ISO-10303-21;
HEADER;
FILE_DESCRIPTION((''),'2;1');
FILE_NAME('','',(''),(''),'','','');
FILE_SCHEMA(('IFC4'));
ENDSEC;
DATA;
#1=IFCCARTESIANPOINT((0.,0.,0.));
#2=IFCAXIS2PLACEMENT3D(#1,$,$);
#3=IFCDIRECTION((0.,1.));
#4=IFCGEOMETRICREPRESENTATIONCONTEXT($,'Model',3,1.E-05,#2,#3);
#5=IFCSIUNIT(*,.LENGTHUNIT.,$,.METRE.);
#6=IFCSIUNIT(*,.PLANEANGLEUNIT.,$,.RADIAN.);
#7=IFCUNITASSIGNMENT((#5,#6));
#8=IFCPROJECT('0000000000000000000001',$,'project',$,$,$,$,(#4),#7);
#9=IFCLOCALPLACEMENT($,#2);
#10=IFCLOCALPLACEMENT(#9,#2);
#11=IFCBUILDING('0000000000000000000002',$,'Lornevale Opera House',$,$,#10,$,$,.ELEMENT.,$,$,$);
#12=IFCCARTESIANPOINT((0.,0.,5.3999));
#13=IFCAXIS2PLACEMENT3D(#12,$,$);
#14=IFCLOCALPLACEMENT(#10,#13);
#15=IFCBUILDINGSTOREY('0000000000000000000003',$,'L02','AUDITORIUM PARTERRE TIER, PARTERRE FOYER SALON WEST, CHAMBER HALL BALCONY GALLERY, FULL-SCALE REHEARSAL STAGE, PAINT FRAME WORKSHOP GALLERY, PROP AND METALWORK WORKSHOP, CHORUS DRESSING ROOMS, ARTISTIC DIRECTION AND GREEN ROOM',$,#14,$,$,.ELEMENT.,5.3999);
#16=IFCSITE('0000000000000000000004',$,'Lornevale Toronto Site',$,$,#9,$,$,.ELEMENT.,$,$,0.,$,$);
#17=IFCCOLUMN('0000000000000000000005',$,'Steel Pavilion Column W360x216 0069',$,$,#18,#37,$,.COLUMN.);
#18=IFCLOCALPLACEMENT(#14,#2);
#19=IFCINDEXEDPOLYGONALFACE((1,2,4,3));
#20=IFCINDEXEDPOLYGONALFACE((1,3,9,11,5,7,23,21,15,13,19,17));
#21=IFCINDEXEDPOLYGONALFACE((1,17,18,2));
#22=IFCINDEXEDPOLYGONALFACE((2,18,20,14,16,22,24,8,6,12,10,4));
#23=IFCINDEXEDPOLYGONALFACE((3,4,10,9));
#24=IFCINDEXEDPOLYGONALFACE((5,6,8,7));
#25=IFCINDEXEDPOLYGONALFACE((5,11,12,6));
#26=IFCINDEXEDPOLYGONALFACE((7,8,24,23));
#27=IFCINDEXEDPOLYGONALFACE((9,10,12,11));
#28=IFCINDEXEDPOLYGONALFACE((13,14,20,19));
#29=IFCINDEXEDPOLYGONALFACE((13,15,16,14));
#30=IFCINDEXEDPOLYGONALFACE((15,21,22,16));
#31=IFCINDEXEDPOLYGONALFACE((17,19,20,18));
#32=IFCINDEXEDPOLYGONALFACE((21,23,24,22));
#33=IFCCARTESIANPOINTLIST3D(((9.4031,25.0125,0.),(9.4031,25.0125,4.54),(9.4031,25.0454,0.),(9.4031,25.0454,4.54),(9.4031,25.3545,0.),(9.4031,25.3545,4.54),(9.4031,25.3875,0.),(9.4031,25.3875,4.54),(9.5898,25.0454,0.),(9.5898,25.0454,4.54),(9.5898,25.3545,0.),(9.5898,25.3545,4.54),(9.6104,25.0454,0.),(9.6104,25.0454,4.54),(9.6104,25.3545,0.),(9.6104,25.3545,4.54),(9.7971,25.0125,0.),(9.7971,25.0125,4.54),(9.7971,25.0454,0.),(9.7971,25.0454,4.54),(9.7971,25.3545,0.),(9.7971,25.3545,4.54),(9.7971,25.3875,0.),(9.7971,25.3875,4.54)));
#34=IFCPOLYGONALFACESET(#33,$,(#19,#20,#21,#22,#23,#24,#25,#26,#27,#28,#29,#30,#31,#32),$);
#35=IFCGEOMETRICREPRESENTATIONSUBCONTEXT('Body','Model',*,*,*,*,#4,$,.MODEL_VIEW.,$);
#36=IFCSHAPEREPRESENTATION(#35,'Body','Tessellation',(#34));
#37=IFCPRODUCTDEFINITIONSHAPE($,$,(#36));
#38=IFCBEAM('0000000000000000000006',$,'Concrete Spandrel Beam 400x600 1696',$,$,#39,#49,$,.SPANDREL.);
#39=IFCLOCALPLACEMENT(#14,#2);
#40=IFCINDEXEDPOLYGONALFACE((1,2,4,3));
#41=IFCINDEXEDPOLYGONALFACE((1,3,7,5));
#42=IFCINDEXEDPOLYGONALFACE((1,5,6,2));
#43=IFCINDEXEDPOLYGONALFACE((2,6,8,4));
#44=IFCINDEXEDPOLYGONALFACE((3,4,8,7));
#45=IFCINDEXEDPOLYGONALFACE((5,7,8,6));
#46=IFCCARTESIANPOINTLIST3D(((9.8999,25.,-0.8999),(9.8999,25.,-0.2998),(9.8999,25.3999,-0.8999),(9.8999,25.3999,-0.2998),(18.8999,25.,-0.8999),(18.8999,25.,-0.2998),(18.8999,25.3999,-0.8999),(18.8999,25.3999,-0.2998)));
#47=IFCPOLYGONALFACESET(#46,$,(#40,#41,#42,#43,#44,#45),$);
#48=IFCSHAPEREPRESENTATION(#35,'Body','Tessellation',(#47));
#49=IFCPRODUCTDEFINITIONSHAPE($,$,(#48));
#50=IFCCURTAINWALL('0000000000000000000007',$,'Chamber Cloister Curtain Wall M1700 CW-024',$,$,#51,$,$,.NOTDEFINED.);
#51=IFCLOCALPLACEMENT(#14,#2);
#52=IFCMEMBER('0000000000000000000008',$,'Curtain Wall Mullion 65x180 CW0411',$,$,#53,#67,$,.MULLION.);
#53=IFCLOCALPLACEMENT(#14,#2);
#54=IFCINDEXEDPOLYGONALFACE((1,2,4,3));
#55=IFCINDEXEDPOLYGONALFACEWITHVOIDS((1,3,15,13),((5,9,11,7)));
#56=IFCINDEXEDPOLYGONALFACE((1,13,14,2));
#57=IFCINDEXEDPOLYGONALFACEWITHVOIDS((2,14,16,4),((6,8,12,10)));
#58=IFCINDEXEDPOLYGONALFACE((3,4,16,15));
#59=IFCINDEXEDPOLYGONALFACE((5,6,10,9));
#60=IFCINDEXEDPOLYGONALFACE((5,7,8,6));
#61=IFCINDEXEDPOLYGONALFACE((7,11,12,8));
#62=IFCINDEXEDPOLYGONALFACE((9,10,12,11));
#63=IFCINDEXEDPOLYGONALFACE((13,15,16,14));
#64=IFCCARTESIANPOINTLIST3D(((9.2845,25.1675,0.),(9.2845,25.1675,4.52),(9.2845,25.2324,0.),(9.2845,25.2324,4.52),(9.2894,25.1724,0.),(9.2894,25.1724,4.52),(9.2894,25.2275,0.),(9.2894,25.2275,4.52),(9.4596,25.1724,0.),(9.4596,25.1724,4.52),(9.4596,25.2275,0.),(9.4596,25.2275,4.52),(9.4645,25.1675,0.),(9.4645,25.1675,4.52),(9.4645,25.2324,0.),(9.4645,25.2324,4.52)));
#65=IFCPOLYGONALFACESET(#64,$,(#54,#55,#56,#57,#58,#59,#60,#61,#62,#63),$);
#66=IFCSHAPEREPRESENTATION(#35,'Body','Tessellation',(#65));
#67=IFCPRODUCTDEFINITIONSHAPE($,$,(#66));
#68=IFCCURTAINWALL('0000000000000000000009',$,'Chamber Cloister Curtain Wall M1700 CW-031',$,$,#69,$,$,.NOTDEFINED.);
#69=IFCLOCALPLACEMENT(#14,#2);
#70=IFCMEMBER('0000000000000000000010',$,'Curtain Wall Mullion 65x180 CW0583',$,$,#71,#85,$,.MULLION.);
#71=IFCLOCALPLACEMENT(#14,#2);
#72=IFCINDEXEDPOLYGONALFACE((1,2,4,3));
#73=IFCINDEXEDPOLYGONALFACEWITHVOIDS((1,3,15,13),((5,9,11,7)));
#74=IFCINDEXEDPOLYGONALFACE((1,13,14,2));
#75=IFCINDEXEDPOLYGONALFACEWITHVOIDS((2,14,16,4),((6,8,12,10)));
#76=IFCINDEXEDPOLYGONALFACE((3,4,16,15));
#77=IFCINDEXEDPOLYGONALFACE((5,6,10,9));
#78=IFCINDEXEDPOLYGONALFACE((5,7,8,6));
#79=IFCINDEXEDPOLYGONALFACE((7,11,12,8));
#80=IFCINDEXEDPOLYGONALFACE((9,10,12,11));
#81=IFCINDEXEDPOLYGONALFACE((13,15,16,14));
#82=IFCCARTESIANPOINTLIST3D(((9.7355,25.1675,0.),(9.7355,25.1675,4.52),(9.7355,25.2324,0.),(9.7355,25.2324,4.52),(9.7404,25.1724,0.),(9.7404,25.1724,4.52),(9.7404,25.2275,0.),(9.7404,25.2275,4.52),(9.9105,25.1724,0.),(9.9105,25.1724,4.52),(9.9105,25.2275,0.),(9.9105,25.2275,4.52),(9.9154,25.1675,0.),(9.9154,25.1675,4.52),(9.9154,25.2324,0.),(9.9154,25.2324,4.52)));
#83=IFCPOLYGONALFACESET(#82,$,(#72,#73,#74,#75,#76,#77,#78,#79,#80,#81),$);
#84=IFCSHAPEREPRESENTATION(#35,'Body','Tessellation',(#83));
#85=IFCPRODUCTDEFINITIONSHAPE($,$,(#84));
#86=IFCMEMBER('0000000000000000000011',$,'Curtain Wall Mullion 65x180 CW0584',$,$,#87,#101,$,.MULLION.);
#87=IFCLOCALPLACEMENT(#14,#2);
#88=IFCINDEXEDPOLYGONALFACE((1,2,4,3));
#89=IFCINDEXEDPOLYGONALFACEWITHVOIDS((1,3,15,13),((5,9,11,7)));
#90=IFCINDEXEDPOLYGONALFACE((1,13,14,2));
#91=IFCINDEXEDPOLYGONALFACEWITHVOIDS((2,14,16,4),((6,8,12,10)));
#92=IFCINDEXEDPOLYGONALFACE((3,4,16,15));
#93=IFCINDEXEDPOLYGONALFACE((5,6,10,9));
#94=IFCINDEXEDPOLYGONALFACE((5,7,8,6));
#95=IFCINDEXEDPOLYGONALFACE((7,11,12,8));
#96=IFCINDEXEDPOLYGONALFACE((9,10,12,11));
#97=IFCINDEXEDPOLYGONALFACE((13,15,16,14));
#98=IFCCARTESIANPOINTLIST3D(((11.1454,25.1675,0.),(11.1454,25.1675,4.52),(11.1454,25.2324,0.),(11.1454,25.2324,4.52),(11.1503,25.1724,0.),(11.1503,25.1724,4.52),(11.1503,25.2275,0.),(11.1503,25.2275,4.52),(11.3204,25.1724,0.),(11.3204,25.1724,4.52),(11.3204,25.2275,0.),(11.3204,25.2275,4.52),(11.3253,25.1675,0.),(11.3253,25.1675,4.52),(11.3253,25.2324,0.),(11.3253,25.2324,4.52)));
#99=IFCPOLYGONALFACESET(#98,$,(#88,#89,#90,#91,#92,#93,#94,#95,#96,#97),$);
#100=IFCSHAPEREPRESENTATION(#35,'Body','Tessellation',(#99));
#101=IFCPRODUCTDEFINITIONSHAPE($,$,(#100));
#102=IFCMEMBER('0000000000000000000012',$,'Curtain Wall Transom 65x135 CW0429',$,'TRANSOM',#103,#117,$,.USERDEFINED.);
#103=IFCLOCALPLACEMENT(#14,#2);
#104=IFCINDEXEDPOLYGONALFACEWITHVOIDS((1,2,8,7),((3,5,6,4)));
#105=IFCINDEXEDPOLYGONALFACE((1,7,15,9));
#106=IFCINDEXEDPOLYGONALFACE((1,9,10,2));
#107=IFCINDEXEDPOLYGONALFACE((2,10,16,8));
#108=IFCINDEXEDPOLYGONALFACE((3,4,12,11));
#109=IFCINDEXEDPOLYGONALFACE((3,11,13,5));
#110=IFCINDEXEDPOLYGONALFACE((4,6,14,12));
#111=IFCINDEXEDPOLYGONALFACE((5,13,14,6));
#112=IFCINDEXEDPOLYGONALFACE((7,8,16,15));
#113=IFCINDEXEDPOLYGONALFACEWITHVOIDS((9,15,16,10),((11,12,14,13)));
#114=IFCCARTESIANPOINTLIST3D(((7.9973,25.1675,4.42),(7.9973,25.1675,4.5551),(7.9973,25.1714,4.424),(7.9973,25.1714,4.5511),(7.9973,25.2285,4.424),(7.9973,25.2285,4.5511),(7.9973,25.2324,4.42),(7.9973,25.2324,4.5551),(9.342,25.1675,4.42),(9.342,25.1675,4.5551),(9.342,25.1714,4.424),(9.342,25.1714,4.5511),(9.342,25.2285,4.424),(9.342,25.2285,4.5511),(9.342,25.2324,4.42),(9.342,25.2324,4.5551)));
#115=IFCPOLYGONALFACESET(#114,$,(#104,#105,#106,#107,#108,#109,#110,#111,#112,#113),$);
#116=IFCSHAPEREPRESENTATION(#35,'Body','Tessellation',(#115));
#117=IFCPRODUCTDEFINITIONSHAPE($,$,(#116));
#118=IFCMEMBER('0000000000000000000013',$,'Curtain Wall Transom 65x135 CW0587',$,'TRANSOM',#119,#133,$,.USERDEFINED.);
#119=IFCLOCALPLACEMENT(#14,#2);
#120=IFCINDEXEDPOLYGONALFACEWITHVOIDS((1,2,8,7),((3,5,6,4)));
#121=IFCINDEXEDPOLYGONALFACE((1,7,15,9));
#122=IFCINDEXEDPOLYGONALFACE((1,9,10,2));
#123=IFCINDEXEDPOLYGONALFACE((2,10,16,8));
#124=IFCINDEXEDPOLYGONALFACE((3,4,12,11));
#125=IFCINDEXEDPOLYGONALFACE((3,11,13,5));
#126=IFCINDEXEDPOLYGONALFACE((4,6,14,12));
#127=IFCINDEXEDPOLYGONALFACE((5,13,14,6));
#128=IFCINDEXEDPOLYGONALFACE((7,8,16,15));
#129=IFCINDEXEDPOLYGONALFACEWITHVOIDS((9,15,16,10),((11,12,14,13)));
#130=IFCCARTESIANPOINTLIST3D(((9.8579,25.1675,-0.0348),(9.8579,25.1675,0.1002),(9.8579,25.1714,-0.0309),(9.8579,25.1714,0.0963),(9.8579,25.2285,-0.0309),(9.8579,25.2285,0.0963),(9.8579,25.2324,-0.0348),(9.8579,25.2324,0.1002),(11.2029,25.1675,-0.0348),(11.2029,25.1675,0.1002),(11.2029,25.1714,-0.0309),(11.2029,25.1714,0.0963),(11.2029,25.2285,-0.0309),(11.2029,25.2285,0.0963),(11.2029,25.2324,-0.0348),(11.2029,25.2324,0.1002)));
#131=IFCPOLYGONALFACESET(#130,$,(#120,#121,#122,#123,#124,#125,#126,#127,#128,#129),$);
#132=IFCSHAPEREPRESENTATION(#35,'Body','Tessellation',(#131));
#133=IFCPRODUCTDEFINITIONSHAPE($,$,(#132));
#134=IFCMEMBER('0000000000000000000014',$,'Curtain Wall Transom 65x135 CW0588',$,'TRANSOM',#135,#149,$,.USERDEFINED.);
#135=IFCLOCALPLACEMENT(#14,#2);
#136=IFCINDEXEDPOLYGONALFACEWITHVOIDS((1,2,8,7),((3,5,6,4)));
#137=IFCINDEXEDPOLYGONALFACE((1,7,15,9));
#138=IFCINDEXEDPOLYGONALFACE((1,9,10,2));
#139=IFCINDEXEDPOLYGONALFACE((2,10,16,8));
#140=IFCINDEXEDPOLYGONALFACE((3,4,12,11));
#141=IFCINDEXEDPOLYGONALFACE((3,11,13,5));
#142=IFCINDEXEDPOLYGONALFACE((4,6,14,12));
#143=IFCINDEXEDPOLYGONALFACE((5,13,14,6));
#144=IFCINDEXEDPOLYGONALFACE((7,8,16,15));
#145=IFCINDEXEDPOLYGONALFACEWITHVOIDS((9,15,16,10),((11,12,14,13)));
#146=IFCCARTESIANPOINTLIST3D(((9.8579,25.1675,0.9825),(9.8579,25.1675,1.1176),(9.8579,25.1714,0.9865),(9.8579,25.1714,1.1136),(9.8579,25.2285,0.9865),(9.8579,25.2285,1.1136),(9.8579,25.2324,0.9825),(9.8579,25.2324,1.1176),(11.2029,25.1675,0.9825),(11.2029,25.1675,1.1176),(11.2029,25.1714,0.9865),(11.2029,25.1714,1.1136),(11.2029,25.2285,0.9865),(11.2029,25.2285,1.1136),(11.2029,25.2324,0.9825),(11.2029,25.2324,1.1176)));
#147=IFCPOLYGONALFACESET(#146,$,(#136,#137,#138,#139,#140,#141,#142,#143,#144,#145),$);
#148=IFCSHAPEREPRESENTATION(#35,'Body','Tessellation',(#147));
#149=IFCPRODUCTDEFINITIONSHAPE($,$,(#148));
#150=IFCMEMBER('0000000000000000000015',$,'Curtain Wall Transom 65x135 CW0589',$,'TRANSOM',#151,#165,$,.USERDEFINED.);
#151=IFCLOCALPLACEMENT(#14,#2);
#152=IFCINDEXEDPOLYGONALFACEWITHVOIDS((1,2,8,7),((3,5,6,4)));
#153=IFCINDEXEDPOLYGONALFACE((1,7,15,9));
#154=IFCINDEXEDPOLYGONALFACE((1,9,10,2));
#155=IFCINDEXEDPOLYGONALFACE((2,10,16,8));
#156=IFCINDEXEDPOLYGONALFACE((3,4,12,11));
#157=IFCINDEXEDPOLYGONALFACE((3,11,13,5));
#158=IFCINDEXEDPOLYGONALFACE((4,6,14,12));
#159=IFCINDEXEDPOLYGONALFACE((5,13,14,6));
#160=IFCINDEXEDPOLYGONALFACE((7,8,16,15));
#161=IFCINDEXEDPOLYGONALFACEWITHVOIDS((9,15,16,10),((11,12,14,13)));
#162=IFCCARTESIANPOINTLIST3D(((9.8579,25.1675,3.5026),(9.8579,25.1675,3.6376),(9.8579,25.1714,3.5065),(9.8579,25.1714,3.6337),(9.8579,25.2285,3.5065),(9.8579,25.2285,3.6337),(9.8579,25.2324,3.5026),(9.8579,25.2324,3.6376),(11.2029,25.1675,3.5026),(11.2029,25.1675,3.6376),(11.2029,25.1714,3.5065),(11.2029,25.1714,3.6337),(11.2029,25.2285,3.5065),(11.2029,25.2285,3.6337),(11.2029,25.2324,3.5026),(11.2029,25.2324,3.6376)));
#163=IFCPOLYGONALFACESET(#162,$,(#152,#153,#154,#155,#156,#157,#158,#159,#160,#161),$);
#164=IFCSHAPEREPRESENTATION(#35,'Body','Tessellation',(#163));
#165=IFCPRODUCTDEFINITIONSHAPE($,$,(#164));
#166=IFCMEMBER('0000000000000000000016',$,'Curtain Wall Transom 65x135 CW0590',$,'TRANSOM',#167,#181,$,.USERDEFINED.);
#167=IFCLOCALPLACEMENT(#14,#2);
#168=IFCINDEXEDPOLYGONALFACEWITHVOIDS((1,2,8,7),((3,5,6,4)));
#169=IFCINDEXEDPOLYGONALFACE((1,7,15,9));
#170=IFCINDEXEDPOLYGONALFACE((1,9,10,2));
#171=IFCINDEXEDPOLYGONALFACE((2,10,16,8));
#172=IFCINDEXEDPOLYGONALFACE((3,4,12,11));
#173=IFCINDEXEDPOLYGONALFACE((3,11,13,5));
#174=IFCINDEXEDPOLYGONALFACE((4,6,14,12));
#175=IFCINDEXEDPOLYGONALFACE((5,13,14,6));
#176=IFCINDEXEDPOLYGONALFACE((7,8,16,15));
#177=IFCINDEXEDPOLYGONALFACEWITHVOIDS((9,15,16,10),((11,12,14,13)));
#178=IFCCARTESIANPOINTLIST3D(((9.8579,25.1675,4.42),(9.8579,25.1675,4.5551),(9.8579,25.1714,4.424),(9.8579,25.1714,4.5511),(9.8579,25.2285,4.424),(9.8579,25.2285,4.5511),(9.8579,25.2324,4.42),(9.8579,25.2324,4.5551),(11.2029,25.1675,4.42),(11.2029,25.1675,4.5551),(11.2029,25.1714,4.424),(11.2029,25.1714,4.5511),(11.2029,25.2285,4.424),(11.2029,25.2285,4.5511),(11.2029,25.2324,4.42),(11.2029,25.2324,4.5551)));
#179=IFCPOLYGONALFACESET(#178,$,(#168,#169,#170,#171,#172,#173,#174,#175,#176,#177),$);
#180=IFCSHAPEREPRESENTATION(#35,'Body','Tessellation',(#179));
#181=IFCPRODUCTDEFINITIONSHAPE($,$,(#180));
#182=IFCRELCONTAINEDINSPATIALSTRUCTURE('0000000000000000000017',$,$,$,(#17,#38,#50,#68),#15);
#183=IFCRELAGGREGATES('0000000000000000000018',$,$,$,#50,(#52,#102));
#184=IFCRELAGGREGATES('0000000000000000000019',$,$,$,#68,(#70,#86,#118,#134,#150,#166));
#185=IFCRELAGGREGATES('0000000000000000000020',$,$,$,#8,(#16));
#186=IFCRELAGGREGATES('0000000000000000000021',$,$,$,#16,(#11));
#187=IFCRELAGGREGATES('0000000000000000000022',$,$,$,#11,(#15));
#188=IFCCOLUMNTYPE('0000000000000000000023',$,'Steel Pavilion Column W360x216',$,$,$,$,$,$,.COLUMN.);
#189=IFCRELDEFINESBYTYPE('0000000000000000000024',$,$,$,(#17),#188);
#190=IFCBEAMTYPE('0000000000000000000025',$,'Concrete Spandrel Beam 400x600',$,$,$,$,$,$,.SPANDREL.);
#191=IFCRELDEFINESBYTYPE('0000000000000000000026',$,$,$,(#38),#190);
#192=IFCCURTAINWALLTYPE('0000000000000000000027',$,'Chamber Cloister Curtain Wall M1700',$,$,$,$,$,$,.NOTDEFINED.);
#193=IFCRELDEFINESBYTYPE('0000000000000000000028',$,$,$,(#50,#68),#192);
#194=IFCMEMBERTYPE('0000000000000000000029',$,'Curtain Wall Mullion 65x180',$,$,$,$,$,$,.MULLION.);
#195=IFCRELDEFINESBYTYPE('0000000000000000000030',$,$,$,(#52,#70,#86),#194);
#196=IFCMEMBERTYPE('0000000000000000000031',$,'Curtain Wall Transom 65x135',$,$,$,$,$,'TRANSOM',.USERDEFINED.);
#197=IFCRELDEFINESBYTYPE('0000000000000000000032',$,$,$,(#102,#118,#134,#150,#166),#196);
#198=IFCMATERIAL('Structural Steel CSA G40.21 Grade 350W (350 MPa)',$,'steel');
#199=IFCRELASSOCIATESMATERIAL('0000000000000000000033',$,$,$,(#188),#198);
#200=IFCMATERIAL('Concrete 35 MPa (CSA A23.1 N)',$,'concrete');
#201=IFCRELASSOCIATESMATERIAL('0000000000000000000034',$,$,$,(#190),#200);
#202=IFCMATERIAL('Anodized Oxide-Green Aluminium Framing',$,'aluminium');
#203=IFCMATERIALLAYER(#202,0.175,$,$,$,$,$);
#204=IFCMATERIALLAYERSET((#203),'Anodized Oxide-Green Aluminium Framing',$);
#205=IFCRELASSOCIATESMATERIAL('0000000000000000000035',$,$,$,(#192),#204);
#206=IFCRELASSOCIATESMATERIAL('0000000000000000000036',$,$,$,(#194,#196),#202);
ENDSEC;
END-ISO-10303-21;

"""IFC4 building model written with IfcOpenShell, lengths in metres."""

from ifc_helpers import new_model, si_unit, direction, frame, origin, origin_2d, place, context, subcontext, project, spatial, rectangle, hollow_rectangle, i_section, extrude, material, layer, layer_set, material_profile, profile_set, type_object, element, aggregate, save


model = new_model("IFC4")

# Units and contexts
model_context = context("Model", 3, precision=1e-05, world=origin(), true_north=direction((0.0, 1.0)))
body_context = subcontext(model_context, "Body", "Model", "MODEL_VIEW")
ifc_project = project(units=[si_unit("LENGTHUNIT", "METRE"), si_unit("PLANEANGLEUNIT", "RADIAN")], contexts=[model_context])

# Site, building, storey
site_placement = place(None, origin())
site = spatial("IfcSite", under=ifc_project, at=site_placement, Name="Lornevale Toronto Site", CompositionType="ELEMENT", RefElevation=0.0)
building_placement = place(site_placement, origin())
building = spatial("IfcBuilding", under=site, at=building_placement, Name="Lornevale Opera House", CompositionType="ELEMENT")
storey_placement = place(building_placement, frame((0.0, 0.0, 5.3999)))
storey = spatial("IfcBuildingStorey", under=building, at=storey_placement, Name="L02", Description="AUDITORIUM PARTERRE TIER, PARTERRE FOYER SALON WEST, CHAMBER HALL BALCONY GALLERY, FULL-SCALE REHEARSAL STAGE, PAINT FRAME WORKSHOP GALLERY, PROP AND METALWORK WORKSHOP, CHORUS DRESSING ROOMS, ARTISTIC DIRECTION AND GREEN ROOM", CompositionType="ELEMENT", Elevation=5.3999)

# Column
ifc_material_1 = material(Name="Structural Steel CSA G40.21 Grade 350W (350 MPa)", Category="steel")
ifc_material_profile_1 = material_profile(ifc_material_1, i_section(OverallWidth=0.394, OverallDepth=0.375, WebThickness=0.0205, FlangeThickness=0.033, at=origin_2d()), Name="W360x216")
ifc_profile_set_1 = profile_set([ifc_material_profile_1], Name="Structural Steel CSA G40.21 Grade 350W (350 MPa)")
column_type = type_object("IfcColumnType", Name="Steel Pavilion Column W360x216", PredefinedType="COLUMN", material=ifc_profile_set_1)
column_placement = place(storey_placement, frame((9.6001, 25.2, 0.0), z_axis=(0.0, 0.0, 1.0), x_axis=(1.0, 0.0, 0.0)))
element("IfcColumn", 1, at=column_placement, inside=storey, type_object=column_type, Name="Steel Pavilion Column W360x216 0069", PredefinedType="COLUMN", context=body_context, shape_type="SweptSolid", body=[
    extrude(i_section(OverallWidth=0.394, OverallDepth=0.375, WebThickness=0.0205, FlangeThickness=0.033, at=origin_2d()), origin(), (0.0, 0.0, 1.0), 4.54),
])

# Beam
ifc_material_2 = material(Name="Concrete 35 MPa (CSA A23.1 N)", Category="concrete")
ifc_material_profile_2 = material_profile(ifc_material_2, rectangle(XDim=0.3999, YDim=0.6001, at=origin_2d()), Name="RC400x600")
ifc_profile_set_2 = profile_set([ifc_material_profile_2], Name="Concrete 35 MPa (CSA A23.1 N)")
beam_type = type_object("IfcBeamType", Name="Concrete Spandrel Beam 400x600", PredefinedType="SPANDREL", material=ifc_profile_set_2)
beam_placement = place(storey_placement, frame((9.8999, 25.2, -0.5999), z_axis=(1.0, 0.0, 0.0), x_axis=(0.0, 1.0, 0.0)))
element("IfcBeam", 2, at=beam_placement, inside=storey, type_object=beam_type, Name="Concrete Spandrel Beam 400x600 1696", PredefinedType="SPANDREL", context=body_context, shape_type="SweptSolid", body=[
    extrude(rectangle(XDim=0.3999, YDim=0.6001, at=origin_2d()), origin(), (0.0, 0.0, 1.0), 9.0),
])

# Curtain wall, member
ifc_material_3 = material(Name="Anodized Oxide-Green Aluminium Framing", Category="aluminium")
ifc_layer_1 = layer(ifc_material_3, 0.175)
ifc_layer_set_1 = layer_set([ifc_layer_1], Name="Anodized Oxide-Green Aluminium Framing")
curtain_wall_type = type_object("IfcCurtainWallType", Name="Chamber Cloister Curtain Wall M1700", PredefinedType="NOTDEFINED", material=ifc_layer_set_1)
curtain_wall_1_placement = place(storey_placement, origin())
curtain_wall_1 = element("IfcCurtainWall", 3, at=curtain_wall_1_placement, inside=storey, type_object=curtain_wall_type, Name="Chamber Cloister Curtain Wall M1700 CW-024", PredefinedType="NOTDEFINED")
ifc_material_profile_3 = material_profile(ifc_material_3, hollow_rectangle(XDim=0.0649, YDim=0.1799, WallThickness=0.0049, at=origin_2d()), Name="ALU65x180x5")
ifc_profile_set_3 = profile_set([ifc_material_profile_3], Name="Anodized Oxide-Green Aluminium Framing")
member_type_1 = type_object("IfcMemberType", Name="Curtain Wall Mullion 65x180", PredefinedType="MULLION", material=ifc_profile_set_3)
member_1_placement = place(storey_placement, frame((9.3745, 25.2, 0.0), z_axis=(0.0, 0.0, 1.0), x_axis=(0.0, 1.0, 0.0)))
member_1 = element("IfcMember", 4, at=member_1_placement, type_object=member_type_1, Name="Curtain Wall Mullion 65x180 CW0411", PredefinedType="MULLION", context=body_context, shape_type="SweptSolid", body=[
    extrude(hollow_rectangle(XDim=0.0649, YDim=0.1799, WallThickness=0.0049, at=origin_2d()), origin(), (0.0, 0.0, 1.0), 4.52),
])

# Curtain wall, members
curtain_wall_2_placement = place(storey_placement, origin())
curtain_wall_2 = element("IfcCurtainWall", 5, at=curtain_wall_2_placement, inside=storey, type_object=curtain_wall_type, Name="Chamber Cloister Curtain Wall M1700 CW-031", PredefinedType="NOTDEFINED")
member_2_placement = place(storey_placement, frame((9.8254, 25.2, 0.0), z_axis=(0.0, 0.0, 1.0), x_axis=(0.0, 1.0, 0.0)))
member_2 = element("IfcMember", 6, at=member_2_placement, type_object=member_type_1, Name="Curtain Wall Mullion 65x180 CW0583", PredefinedType="MULLION", context=body_context, shape_type="SweptSolid", body=[
    extrude(hollow_rectangle(XDim=0.0649, YDim=0.1799, WallThickness=0.0049, at=origin_2d()), origin(), (0.0, 0.0, 1.0), 4.52),
])
member_3_placement = place(storey_placement, frame((11.2354, 25.2, 0.0), z_axis=(0.0, 0.0, 1.0), x_axis=(0.0, 1.0, 0.0)))
member_3 = element("IfcMember", 7, at=member_3_placement, type_object=member_type_1, Name="Curtain Wall Mullion 65x180 CW0584", PredefinedType="MULLION", context=body_context, shape_type="SweptSolid", body=[
    extrude(hollow_rectangle(XDim=0.0649, YDim=0.1799, WallThickness=0.0049, at=origin_2d()), origin(), (0.0, 0.0, 1.0), 4.52),
])

# Members
ifc_material_profile_4 = material_profile(ifc_material_3, hollow_rectangle(XDim=0.0649, YDim=0.135, WallThickness=0.0039, at=origin_2d()), Name="ALU65x135x4")
ifc_profile_set_4 = profile_set([ifc_material_profile_4], Name="Anodized Oxide-Green Aluminium Framing")
member_type_2 = type_object("IfcMemberType", Name="Curtain Wall Transom 65x135", ElementType="TRANSOM", PredefinedType="USERDEFINED", material=ifc_profile_set_4)
member_4_placement = place(storey_placement, frame((7.9973, 25.2, 4.4875), z_axis=(1.0, 0.0, 0.0), x_axis=(0.0, 1.0, 0.0)))
member_4 = element("IfcMember", 8, at=member_4_placement, type_object=member_type_2, Name="Curtain Wall Transom 65x135 CW0429", ObjectType="TRANSOM", PredefinedType="USERDEFINED", context=body_context, shape_type="SweptSolid", body=[
    extrude(hollow_rectangle(XDim=0.0649, YDim=0.135, WallThickness=0.0039, at=origin_2d()), origin(), (0.0, 0.0, 1.0), 1.3447),
])
member_5_placement = place(storey_placement, frame((9.8579, 25.2, 0.0327), z_axis=(1.0, 0.0, 0.0), x_axis=(0.0, 1.0, 0.0)))
member_5 = element("IfcMember", 9, at=member_5_placement, type_object=member_type_2, Name="Curtain Wall Transom 65x135 CW0587", ObjectType="TRANSOM", PredefinedType="USERDEFINED", context=body_context, shape_type="SweptSolid", body=[
    extrude(hollow_rectangle(XDim=0.0649, YDim=0.135, WallThickness=0.0039, at=origin_2d()), origin(), (0.0, 0.0, 1.0), 1.345),
])
member_6_placement = place(storey_placement, frame((9.8579, 25.2, 1.05), z_axis=(1.0, 0.0, 0.0), x_axis=(0.0, 1.0, 0.0)))
member_6 = element("IfcMember", 10, at=member_6_placement, type_object=member_type_2, Name="Curtain Wall Transom 65x135 CW0588", ObjectType="TRANSOM", PredefinedType="USERDEFINED", context=body_context, shape_type="SweptSolid", body=[
    extrude(hollow_rectangle(XDim=0.0649, YDim=0.135, WallThickness=0.0039, at=origin_2d()), origin(), (0.0, 0.0, 1.0), 1.345),
])
member_7_placement = place(storey_placement, frame((9.8579, 25.2, 3.5701), z_axis=(1.0, 0.0, 0.0), x_axis=(0.0, 1.0, 0.0)))
member_7 = element("IfcMember", 11, at=member_7_placement, type_object=member_type_2, Name="Curtain Wall Transom 65x135 CW0589", ObjectType="TRANSOM", PredefinedType="USERDEFINED", context=body_context, shape_type="SweptSolid", body=[
    extrude(hollow_rectangle(XDim=0.0649, YDim=0.135, WallThickness=0.0039, at=origin_2d()), origin(), (0.0, 0.0, 1.0), 1.345),
])
member_8_placement = place(storey_placement, frame((9.8579, 25.2, 4.4875), z_axis=(1.0, 0.0, 0.0), x_axis=(0.0, 1.0, 0.0)))
member_8 = element("IfcMember", 12, at=member_8_placement, type_object=member_type_2, Name="Curtain Wall Transom 65x135 CW0590", ObjectType="TRANSOM", PredefinedType="USERDEFINED", context=body_context, shape_type="SweptSolid", body=[
    extrude(hollow_rectangle(XDim=0.0649, YDim=0.135, WallThickness=0.0039, at=origin_2d()), origin(), (0.0, 0.0, 1.0), 1.345),
])

aggregate(curtain_wall_1, [member_1, member_4])
aggregate(curtain_wall_2, [member_2, member_3, member_5, member_6, member_7, member_8])

save(model, "model.ifc")
